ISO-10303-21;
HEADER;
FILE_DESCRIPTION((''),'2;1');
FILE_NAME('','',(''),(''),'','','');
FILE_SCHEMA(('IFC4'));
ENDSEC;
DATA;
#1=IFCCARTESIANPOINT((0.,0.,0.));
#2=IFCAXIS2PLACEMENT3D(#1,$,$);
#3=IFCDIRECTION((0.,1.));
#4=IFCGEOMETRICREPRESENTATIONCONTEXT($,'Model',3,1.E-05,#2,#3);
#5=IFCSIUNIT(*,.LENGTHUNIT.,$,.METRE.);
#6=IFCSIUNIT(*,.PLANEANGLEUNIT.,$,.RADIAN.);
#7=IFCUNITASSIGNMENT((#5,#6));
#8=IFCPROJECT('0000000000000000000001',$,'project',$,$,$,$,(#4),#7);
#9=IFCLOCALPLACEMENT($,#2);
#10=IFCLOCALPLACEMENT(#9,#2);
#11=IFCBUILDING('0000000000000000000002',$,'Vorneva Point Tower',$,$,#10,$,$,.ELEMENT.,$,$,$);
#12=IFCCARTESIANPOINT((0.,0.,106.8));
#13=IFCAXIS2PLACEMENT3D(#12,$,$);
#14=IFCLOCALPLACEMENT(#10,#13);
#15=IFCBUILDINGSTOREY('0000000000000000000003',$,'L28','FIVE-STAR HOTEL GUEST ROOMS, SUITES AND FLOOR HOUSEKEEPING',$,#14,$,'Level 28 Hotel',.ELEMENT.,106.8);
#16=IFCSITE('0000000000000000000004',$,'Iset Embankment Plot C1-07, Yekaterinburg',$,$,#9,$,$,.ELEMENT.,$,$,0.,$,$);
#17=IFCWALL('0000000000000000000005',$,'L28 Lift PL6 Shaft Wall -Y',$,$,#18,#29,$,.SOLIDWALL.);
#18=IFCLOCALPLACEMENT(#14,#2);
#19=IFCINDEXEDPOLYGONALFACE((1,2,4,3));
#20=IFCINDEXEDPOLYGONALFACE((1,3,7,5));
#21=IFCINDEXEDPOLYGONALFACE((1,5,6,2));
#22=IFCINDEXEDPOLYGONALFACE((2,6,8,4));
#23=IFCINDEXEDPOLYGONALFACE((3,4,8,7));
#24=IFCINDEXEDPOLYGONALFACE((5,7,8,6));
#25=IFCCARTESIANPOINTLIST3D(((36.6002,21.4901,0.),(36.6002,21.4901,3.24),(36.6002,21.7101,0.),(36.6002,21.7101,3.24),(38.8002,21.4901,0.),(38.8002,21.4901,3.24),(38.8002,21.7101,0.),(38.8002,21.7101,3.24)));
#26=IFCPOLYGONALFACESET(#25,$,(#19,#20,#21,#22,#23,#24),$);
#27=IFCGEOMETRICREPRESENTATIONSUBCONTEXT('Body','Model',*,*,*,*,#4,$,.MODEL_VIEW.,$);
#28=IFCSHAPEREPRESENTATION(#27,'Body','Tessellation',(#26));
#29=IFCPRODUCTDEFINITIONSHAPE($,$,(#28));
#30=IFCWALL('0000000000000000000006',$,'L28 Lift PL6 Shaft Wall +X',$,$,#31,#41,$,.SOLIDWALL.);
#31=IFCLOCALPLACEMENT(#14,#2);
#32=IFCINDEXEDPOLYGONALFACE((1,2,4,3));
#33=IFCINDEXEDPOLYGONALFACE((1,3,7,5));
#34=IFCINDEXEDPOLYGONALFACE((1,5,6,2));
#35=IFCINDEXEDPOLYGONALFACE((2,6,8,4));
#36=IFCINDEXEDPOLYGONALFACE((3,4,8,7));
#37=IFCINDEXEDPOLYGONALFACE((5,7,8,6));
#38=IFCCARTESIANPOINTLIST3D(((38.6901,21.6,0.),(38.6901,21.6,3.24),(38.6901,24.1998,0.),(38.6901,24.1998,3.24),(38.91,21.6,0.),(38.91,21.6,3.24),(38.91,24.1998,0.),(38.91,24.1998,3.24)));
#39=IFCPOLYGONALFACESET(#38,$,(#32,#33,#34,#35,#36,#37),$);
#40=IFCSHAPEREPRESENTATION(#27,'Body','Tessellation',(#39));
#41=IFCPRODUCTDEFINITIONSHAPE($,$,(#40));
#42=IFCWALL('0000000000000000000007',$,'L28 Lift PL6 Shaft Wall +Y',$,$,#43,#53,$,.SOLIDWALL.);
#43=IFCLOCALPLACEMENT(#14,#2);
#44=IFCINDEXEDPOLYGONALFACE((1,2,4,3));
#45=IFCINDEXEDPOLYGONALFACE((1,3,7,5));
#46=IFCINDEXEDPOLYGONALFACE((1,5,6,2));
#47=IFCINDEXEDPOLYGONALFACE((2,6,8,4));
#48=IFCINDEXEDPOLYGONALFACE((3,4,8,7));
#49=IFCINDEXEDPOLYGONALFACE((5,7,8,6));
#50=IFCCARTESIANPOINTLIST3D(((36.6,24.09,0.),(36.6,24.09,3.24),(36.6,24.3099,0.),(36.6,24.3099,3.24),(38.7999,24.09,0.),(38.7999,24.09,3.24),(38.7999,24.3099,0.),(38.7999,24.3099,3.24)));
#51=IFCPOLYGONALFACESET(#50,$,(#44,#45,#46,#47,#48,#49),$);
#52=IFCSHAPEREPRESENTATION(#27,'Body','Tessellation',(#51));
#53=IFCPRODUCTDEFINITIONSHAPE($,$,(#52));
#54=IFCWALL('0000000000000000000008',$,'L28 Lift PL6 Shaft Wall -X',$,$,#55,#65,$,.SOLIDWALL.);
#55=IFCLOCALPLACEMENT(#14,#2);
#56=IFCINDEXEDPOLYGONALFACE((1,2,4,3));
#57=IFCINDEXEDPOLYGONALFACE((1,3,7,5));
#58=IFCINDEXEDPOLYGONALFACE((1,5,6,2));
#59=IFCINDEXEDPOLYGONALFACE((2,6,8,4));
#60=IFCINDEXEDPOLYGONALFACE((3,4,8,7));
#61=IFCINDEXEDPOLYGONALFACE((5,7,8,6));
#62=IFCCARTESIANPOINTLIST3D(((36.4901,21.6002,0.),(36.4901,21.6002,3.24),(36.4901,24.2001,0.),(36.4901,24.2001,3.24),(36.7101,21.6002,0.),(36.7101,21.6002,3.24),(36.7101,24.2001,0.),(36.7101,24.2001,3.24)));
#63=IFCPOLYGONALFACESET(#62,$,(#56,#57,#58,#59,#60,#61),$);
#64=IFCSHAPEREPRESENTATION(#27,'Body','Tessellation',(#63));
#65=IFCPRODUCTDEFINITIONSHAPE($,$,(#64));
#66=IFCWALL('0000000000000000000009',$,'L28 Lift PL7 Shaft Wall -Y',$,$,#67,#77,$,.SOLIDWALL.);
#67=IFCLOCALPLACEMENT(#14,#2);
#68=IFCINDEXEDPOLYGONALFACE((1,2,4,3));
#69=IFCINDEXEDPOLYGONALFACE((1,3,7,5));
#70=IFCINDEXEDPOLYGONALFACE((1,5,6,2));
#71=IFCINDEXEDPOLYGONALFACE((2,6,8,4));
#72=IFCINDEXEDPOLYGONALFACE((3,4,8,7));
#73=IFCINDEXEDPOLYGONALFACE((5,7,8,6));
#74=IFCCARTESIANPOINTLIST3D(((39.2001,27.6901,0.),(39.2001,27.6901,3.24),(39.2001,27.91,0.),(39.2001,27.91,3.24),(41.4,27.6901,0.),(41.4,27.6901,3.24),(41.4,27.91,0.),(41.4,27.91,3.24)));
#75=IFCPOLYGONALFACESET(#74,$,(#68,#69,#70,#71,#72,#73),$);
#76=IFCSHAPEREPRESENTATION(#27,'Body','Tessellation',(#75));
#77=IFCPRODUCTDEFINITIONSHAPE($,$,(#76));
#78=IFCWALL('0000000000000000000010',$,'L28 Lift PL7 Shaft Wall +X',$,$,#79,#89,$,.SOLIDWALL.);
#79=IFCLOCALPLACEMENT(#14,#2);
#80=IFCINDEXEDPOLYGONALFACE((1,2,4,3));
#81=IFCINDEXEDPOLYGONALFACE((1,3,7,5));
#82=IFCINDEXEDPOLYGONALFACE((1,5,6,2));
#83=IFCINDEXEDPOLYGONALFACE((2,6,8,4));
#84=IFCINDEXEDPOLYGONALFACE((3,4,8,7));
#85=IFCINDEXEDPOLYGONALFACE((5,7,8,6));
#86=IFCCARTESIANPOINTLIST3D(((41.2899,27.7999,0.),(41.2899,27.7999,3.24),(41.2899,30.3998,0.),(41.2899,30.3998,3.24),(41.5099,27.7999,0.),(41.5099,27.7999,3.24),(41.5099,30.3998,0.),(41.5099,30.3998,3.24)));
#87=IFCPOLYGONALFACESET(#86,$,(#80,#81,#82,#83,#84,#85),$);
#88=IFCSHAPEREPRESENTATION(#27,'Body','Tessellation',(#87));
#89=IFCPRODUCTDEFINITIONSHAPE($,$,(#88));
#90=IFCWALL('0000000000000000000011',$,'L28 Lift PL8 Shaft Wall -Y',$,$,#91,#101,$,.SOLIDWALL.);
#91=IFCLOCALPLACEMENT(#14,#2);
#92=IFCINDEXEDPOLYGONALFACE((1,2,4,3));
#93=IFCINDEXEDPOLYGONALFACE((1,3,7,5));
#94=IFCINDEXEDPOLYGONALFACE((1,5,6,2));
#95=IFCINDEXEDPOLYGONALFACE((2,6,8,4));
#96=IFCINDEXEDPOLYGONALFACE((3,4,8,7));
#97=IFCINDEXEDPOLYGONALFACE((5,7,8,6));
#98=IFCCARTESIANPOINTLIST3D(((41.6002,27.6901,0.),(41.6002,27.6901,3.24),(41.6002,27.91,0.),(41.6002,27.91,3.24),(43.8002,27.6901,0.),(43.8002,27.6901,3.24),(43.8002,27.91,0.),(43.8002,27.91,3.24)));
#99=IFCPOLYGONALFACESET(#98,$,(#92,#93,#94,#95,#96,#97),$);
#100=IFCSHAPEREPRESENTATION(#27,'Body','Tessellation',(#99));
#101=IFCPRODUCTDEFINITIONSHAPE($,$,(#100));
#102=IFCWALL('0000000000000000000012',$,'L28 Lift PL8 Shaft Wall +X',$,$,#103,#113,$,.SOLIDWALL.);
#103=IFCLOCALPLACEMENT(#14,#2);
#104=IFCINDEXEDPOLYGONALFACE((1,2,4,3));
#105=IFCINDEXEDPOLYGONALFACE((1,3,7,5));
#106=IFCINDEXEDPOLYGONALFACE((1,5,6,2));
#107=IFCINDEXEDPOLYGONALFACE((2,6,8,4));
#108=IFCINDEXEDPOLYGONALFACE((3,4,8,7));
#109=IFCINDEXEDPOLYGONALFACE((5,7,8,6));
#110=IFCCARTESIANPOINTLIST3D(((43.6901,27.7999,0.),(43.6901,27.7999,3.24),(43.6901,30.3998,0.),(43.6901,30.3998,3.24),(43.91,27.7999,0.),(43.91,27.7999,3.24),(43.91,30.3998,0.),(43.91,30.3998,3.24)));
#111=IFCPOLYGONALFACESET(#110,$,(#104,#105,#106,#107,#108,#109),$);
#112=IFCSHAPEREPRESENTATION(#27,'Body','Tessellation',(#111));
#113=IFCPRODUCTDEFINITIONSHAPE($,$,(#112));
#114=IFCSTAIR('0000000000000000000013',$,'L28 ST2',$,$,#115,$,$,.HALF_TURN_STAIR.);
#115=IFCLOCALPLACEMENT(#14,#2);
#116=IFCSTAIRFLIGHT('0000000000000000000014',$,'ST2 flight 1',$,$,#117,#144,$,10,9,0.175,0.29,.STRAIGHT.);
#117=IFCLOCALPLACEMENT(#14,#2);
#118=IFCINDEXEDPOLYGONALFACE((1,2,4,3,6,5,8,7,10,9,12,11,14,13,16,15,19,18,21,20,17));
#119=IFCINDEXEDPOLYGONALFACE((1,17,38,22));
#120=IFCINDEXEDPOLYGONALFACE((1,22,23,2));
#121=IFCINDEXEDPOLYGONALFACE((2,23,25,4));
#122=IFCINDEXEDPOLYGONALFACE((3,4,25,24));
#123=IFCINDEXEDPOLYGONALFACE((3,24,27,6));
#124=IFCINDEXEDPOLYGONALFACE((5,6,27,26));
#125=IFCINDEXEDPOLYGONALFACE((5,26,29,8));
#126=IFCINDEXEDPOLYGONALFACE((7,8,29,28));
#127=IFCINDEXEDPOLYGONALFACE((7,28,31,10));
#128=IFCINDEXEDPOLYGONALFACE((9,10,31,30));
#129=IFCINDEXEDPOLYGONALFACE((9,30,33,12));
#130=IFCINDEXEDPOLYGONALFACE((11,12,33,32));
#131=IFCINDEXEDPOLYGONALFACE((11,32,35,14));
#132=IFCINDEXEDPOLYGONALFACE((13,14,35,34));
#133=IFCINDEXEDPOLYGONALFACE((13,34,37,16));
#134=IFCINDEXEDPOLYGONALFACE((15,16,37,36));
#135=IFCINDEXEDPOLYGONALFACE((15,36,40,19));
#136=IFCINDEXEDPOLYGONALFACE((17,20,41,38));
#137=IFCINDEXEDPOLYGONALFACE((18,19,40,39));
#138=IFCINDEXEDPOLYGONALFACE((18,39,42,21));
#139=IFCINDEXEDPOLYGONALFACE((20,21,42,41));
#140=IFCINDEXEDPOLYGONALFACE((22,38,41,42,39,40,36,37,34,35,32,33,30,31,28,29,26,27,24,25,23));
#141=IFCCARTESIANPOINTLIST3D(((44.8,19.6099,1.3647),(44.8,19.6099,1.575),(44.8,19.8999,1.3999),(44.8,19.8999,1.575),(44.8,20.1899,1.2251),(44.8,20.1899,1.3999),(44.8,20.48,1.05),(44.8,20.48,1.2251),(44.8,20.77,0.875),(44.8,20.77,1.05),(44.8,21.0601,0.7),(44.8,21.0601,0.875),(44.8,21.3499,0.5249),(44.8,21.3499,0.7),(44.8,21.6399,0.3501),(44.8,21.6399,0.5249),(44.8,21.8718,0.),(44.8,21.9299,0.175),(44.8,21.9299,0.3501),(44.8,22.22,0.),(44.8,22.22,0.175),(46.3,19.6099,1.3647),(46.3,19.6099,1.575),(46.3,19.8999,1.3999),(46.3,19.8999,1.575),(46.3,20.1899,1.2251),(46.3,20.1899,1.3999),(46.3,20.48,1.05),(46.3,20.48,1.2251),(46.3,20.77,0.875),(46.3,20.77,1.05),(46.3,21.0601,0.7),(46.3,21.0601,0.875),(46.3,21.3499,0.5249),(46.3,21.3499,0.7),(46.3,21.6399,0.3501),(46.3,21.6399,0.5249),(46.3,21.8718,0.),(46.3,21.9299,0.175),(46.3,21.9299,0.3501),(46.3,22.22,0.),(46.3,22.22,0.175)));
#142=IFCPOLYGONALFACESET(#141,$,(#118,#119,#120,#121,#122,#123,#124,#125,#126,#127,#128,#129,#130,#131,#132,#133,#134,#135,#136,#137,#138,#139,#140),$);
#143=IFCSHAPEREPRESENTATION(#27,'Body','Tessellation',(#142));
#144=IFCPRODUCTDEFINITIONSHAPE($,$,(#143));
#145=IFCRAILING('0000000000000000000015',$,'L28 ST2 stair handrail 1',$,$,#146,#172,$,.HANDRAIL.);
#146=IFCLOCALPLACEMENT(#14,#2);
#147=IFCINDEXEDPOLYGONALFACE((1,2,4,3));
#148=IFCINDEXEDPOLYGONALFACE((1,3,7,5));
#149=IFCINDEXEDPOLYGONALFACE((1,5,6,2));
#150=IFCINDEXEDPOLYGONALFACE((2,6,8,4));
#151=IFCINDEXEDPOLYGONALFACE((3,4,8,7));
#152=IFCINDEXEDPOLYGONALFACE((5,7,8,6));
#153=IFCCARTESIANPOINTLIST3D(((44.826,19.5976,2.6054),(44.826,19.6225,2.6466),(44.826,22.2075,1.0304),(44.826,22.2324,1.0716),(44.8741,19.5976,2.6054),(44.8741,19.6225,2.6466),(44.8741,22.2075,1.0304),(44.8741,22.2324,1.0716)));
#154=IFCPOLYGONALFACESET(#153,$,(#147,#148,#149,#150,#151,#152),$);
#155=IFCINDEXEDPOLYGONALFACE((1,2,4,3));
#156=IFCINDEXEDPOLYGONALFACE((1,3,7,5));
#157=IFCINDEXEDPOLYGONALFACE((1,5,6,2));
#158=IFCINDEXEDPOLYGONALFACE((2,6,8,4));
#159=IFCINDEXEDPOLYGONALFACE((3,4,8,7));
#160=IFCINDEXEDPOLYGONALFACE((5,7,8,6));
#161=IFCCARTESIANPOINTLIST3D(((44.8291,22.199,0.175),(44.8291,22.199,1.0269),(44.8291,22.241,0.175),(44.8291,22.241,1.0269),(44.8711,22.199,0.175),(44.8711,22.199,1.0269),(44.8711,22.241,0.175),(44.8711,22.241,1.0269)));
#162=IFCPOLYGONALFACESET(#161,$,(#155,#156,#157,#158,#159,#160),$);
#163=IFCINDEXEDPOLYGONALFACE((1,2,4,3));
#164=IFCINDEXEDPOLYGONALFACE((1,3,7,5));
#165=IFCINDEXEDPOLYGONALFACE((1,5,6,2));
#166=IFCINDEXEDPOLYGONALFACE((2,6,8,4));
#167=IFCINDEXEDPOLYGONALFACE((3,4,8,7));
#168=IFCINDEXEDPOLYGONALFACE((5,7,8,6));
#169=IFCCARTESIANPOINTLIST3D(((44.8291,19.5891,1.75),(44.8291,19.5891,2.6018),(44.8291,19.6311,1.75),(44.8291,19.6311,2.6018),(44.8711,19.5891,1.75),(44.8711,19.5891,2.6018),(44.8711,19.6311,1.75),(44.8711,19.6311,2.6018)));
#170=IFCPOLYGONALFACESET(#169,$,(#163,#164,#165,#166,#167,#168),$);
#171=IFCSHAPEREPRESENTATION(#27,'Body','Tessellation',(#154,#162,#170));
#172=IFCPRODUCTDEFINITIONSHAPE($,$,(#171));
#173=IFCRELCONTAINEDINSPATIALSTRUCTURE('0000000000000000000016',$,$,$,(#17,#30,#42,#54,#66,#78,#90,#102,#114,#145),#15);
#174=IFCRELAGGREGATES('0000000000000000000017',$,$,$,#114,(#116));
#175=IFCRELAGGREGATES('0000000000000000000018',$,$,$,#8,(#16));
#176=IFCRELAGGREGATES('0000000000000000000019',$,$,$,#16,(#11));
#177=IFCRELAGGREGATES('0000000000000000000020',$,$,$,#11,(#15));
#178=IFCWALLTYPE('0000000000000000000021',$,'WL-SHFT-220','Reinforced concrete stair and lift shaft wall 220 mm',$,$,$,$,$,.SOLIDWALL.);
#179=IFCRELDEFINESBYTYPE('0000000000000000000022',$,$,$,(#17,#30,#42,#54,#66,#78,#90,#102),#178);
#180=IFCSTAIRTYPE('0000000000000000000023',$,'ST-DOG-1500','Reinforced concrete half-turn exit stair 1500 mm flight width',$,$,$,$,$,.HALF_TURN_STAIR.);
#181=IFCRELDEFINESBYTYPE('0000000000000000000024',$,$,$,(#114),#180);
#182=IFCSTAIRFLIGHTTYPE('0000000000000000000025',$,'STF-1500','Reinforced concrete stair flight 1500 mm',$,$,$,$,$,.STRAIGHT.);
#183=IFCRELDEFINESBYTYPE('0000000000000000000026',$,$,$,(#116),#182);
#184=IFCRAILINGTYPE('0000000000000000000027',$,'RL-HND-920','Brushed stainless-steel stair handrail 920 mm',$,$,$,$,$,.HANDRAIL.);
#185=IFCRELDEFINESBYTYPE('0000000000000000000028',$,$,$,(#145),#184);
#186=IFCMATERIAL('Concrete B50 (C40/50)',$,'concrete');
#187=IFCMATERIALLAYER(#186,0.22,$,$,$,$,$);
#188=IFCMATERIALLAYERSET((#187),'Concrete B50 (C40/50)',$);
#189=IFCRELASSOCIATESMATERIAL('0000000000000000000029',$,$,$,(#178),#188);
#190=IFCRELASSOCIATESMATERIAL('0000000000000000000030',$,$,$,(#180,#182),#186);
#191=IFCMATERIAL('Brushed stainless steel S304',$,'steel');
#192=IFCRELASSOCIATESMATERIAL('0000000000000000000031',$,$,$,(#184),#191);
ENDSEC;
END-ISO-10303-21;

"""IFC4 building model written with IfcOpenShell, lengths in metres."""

from ifc_helpers import new_model, si_unit, direction, frame, frame_2d, origin, origin_2d, place, context, subcontext, project, spatial, polyline, rectangle, outline, extrude, material, layer, layer_set, type_object, element, aggregate, save


model = new_model("IFC4")

# Units and contexts
model_context = context("Model", 3, precision=1e-05, world=origin(), true_north=direction((0.0, 1.0)))
body_context = subcontext(model_context, "Body", "Model", "MODEL_VIEW")
ifc_project = project(units=[si_unit("LENGTHUNIT", "METRE"), si_unit("PLANEANGLEUNIT", "RADIAN")], contexts=[model_context])

# Site, building, storey
site_placement = place(None, origin())
site = spatial("IfcSite", under=ifc_project, at=site_placement, Name="Iset Embankment Plot C1-07, Yekaterinburg", CompositionType="ELEMENT", RefElevation=0.0)
building_placement = place(site_placement, origin())
building = spatial("IfcBuilding", under=site, at=building_placement, Name="Vorneva Point Tower", CompositionType="ELEMENT")
storey_placement = place(building_placement, frame((0.0, 0.0, 106.8)))
storey = spatial("IfcBuildingStorey", under=building, at=storey_placement, Name="L28", Description="FIVE-STAR HOTEL GUEST ROOMS, SUITES AND FLOOR HOUSEKEEPING", LongName="Level 28 Hotel", CompositionType="ELEMENT", Elevation=106.8)

# Shared definitions
ifc_material_1 = material(Name="Concrete B50 (C40/50)", Category="concrete")
ifc_layer_1 = layer(ifc_material_1, 0.22)
ifc_layer_set_1 = layer_set([ifc_layer_1], Name="Concrete B50 (C40/50)")
wall_type_1 = type_object("IfcWallType", Name="WL-SHFT-220", Description="Reinforced concrete stair and lift shaft wall 220 mm", PredefinedType="SOLIDWALL", material=ifc_layer_set_1)
ifc_material_2 = material(Name="Brushed stainless steel S304", Category="steel")

# Walls
wall_1_placement = place(storey_placement, frame((36.6001, 21.6001, 0.0), z_axis=(0.0, 0.0, 1.0), x_axis=(1.0, 0.0, 0.0)))
element("IfcWall", 1, at=wall_1_placement, inside=storey, type_object=wall_type_1, Name="L28 Lift PL6 Shaft Wall -Y", PredefinedType="SOLIDWALL", context=body_context, shape_type="SweptSolid", body=[
    extrude(rectangle(XDim=2.2, YDim=0.22, at=frame_2d((1.1001, 0.0))), origin(), (0.0, 0.0, 1.0), 3.24),
])
wall_2_placement = place(storey_placement, frame((38.8, 21.6001, 0.0), z_axis=(0.0, 0.0, 1.0), x_axis=(0.0, 1.0, 0.0)))
element("IfcWall", 2, at=wall_2_placement, inside=storey, type_object=wall_type_1, Name="L28 Lift PL6 Shaft Wall +X", PredefinedType="SOLIDWALL", context=body_context, shape_type="SweptSolid", body=[
    extrude(rectangle(XDim=2.5999, YDim=0.22, at=frame_2d((1.2998, 0.0))), origin(), (0.0, 0.0, 1.0), 3.24),
])
wall_3_placement = place(storey_placement, frame((38.8, 24.2, 0.0), z_axis=(0.0, 0.0, 1.0), x_axis=(-1.0, 0.0, 0.0)))
element("IfcWall", 3, at=wall_3_placement, inside=storey, type_object=wall_type_1, Name="L28 Lift PL6 Shaft Wall +Y", PredefinedType="SOLIDWALL", context=body_context, shape_type="SweptSolid", body=[
    extrude(rectangle(XDim=2.2, YDim=0.22, at=frame_2d((1.1001, 0.0))), origin(), (0.0, 0.0, 1.0), 3.24),
])
wall_4_placement = place(storey_placement, frame((36.6001, 24.2, 0.0), z_axis=(0.0, 0.0, 1.0), x_axis=(0.0, -1.0, 0.0)))
element("IfcWall", 4, at=wall_4_placement, inside=storey, type_object=wall_type_1, Name="L28 Lift PL6 Shaft Wall -X", PredefinedType="SOLIDWALL", context=body_context, shape_type="SweptSolid", body=[
    extrude(rectangle(XDim=2.5999, YDim=0.22, at=frame_2d((1.2998, 0.0))), origin(), (0.0, 0.0, 1.0), 3.24),
])
wall_5_placement = place(storey_placement, frame((39.2, 27.8, 0.0), z_axis=(0.0, 0.0, 1.0), x_axis=(1.0, 0.0, 0.0)))
element("IfcWall", 5, at=wall_5_placement, inside=storey, type_object=wall_type_1, Name="L28 Lift PL7 Shaft Wall -Y", PredefinedType="SOLIDWALL", context=body_context, shape_type="SweptSolid", body=[
    extrude(rectangle(XDim=2.2, YDim=0.22, at=frame_2d((1.1001, 0.0))), origin(), (0.0, 0.0, 1.0), 3.24),
])
wall_6_placement = place(storey_placement, frame((41.3999, 27.8, 0.0), z_axis=(0.0, 0.0, 1.0), x_axis=(0.0, 1.0, 0.0)))
element("IfcWall", 6, at=wall_6_placement, inside=storey, type_object=wall_type_1, Name="L28 Lift PL7 Shaft Wall +X", PredefinedType="SOLIDWALL", context=body_context, shape_type="SweptSolid", body=[
    extrude(rectangle(XDim=2.5999, YDim=0.22, at=frame_2d((1.2998, 0.0))), origin(), (0.0, 0.0, 1.0), 3.24),
])
wall_7_placement = place(storey_placement, frame((41.6001, 27.8, 0.0), z_axis=(0.0, 0.0, 1.0), x_axis=(1.0, 0.0, 0.0)))
element("IfcWall", 7, at=wall_7_placement, inside=storey, type_object=wall_type_1, Name="L28 Lift PL8 Shaft Wall -Y", PredefinedType="SOLIDWALL", context=body_context, shape_type="SweptSolid", body=[
    extrude(rectangle(XDim=2.2, YDim=0.22, at=frame_2d((1.1001, 0.0))), origin(), (0.0, 0.0, 1.0), 3.24),
])
wall_8_placement = place(storey_placement, frame((43.8, 27.8, 0.0), z_axis=(0.0, 0.0, 1.0), x_axis=(0.0, 1.0, 0.0)))
element("IfcWall", 8, at=wall_8_placement, inside=storey, type_object=wall_type_1, Name="L28 Lift PL8 Shaft Wall +X", PredefinedType="SOLIDWALL", context=body_context, shape_type="SweptSolid", body=[
    extrude(rectangle(XDim=2.5999, YDim=0.22, at=frame_2d((1.2998, 0.0))), origin(), (0.0, 0.0, 1.0), 3.24),
])

# Stair, stair flight
stair_type = type_object("IfcStairType", Name="ST-DOG-1500", Description="Reinforced concrete half-turn exit stair 1500 mm flight width", PredefinedType="HALF_TURN_STAIR", material=ifc_material_1)
stair_placement = place(storey_placement, origin())
stair = element("IfcStair", 9, at=stair_placement, inside=storey, type_object=stair_type, Name="L28 ST2", PredefinedType="HALF_TURN_STAIR")
stair_flight_type = type_object("IfcStairFlightType", Name="STF-1500", Description="Reinforced concrete stair flight 1500 mm", PredefinedType="STRAIGHT", material=ifc_material_1)
stair_flight_placement = place(storey_placement, frame((45.55, 22.22, 0.0), z_axis=(0.0, 0.0, 1.0), x_axis=(0.0, -1.0, 0.0)))
stair_flight = element("IfcStairFlight", 10, at=stair_flight_placement, type_object=stair_flight_type, Name="ST2 flight 1", NumberOfRisers=10, NumberOfTreads=9, PredefinedType="STRAIGHT", RiserHeight=0.175, TreadLength=0.29, context=body_context, shape_type="SweptSolid", body=[
    extrude(outline(polyline([(0.0, 0.0), (0.0, 0.175), (0.29, 0.175), (0.29, 0.3501), (0.5801, 0.3501), (0.5801, 0.5249), (0.8701, 0.5249), (0.8701, 0.7), (1.1599, 0.7), (1.1599, 0.875), (1.45, 0.875), (1.45, 1.05), (1.74, 1.05), (1.74, 1.2251), (2.03, 1.2251), (2.03, 1.3999), (2.3201, 1.3999), (2.3201, 1.575), (2.6101, 1.575), (2.6101, 1.75), (2.6101, 1.3647), (0.3481, 0.0), (0.0, 0.0)])), frame((0.0, 0.75, 0.0), z_axis=(0.0, -1.0, 0.0), x_axis=(1.0, 0.0, 0.0)), (0.0, 0.0, 1.0), 1.5),
])
aggregate(stair, [stair_flight])

# Railing
railing_type_1 = type_object("IfcRailingType", Name="RL-HND-920", Description="Brushed stainless-steel stair handrail 920 mm", PredefinedType="HANDRAIL", material=ifc_material_2)
railing_1_placement = place(storey_placement, frame((44.8501, 22.22, 0.175)))
element("IfcRailing", 11, at=railing_1_placement, inside=storey, type_object=railing_type_1, Name="L28 ST2 stair handrail 1", PredefinedType="HANDRAIL", context=body_context, shape_type="SweptSolid", body=[
    extrude(rectangle(XDim=0.0481, YDim=0.0481, at=origin_2d()), frame((0.0, 0.0, 0.876), z_axis=(0.0, -0.856183, 0.516673), x_axis=(1.0, 0.0, 0.0)), (0.0, 0.0, 1.0), 3.0483),
    extrude(rectangle(XDim=0.042, YDim=0.042, at=origin_2d()), origin(), (0.0, 0.0, 1.0), 0.8518),
    extrude(rectangle(XDim=0.042, YDim=0.042, at=origin_2d()), frame((0.0, -2.6099, 1.575)), (0.0, 0.0, 1.0), 0.8518),
])

save(model, "model.ifc")
